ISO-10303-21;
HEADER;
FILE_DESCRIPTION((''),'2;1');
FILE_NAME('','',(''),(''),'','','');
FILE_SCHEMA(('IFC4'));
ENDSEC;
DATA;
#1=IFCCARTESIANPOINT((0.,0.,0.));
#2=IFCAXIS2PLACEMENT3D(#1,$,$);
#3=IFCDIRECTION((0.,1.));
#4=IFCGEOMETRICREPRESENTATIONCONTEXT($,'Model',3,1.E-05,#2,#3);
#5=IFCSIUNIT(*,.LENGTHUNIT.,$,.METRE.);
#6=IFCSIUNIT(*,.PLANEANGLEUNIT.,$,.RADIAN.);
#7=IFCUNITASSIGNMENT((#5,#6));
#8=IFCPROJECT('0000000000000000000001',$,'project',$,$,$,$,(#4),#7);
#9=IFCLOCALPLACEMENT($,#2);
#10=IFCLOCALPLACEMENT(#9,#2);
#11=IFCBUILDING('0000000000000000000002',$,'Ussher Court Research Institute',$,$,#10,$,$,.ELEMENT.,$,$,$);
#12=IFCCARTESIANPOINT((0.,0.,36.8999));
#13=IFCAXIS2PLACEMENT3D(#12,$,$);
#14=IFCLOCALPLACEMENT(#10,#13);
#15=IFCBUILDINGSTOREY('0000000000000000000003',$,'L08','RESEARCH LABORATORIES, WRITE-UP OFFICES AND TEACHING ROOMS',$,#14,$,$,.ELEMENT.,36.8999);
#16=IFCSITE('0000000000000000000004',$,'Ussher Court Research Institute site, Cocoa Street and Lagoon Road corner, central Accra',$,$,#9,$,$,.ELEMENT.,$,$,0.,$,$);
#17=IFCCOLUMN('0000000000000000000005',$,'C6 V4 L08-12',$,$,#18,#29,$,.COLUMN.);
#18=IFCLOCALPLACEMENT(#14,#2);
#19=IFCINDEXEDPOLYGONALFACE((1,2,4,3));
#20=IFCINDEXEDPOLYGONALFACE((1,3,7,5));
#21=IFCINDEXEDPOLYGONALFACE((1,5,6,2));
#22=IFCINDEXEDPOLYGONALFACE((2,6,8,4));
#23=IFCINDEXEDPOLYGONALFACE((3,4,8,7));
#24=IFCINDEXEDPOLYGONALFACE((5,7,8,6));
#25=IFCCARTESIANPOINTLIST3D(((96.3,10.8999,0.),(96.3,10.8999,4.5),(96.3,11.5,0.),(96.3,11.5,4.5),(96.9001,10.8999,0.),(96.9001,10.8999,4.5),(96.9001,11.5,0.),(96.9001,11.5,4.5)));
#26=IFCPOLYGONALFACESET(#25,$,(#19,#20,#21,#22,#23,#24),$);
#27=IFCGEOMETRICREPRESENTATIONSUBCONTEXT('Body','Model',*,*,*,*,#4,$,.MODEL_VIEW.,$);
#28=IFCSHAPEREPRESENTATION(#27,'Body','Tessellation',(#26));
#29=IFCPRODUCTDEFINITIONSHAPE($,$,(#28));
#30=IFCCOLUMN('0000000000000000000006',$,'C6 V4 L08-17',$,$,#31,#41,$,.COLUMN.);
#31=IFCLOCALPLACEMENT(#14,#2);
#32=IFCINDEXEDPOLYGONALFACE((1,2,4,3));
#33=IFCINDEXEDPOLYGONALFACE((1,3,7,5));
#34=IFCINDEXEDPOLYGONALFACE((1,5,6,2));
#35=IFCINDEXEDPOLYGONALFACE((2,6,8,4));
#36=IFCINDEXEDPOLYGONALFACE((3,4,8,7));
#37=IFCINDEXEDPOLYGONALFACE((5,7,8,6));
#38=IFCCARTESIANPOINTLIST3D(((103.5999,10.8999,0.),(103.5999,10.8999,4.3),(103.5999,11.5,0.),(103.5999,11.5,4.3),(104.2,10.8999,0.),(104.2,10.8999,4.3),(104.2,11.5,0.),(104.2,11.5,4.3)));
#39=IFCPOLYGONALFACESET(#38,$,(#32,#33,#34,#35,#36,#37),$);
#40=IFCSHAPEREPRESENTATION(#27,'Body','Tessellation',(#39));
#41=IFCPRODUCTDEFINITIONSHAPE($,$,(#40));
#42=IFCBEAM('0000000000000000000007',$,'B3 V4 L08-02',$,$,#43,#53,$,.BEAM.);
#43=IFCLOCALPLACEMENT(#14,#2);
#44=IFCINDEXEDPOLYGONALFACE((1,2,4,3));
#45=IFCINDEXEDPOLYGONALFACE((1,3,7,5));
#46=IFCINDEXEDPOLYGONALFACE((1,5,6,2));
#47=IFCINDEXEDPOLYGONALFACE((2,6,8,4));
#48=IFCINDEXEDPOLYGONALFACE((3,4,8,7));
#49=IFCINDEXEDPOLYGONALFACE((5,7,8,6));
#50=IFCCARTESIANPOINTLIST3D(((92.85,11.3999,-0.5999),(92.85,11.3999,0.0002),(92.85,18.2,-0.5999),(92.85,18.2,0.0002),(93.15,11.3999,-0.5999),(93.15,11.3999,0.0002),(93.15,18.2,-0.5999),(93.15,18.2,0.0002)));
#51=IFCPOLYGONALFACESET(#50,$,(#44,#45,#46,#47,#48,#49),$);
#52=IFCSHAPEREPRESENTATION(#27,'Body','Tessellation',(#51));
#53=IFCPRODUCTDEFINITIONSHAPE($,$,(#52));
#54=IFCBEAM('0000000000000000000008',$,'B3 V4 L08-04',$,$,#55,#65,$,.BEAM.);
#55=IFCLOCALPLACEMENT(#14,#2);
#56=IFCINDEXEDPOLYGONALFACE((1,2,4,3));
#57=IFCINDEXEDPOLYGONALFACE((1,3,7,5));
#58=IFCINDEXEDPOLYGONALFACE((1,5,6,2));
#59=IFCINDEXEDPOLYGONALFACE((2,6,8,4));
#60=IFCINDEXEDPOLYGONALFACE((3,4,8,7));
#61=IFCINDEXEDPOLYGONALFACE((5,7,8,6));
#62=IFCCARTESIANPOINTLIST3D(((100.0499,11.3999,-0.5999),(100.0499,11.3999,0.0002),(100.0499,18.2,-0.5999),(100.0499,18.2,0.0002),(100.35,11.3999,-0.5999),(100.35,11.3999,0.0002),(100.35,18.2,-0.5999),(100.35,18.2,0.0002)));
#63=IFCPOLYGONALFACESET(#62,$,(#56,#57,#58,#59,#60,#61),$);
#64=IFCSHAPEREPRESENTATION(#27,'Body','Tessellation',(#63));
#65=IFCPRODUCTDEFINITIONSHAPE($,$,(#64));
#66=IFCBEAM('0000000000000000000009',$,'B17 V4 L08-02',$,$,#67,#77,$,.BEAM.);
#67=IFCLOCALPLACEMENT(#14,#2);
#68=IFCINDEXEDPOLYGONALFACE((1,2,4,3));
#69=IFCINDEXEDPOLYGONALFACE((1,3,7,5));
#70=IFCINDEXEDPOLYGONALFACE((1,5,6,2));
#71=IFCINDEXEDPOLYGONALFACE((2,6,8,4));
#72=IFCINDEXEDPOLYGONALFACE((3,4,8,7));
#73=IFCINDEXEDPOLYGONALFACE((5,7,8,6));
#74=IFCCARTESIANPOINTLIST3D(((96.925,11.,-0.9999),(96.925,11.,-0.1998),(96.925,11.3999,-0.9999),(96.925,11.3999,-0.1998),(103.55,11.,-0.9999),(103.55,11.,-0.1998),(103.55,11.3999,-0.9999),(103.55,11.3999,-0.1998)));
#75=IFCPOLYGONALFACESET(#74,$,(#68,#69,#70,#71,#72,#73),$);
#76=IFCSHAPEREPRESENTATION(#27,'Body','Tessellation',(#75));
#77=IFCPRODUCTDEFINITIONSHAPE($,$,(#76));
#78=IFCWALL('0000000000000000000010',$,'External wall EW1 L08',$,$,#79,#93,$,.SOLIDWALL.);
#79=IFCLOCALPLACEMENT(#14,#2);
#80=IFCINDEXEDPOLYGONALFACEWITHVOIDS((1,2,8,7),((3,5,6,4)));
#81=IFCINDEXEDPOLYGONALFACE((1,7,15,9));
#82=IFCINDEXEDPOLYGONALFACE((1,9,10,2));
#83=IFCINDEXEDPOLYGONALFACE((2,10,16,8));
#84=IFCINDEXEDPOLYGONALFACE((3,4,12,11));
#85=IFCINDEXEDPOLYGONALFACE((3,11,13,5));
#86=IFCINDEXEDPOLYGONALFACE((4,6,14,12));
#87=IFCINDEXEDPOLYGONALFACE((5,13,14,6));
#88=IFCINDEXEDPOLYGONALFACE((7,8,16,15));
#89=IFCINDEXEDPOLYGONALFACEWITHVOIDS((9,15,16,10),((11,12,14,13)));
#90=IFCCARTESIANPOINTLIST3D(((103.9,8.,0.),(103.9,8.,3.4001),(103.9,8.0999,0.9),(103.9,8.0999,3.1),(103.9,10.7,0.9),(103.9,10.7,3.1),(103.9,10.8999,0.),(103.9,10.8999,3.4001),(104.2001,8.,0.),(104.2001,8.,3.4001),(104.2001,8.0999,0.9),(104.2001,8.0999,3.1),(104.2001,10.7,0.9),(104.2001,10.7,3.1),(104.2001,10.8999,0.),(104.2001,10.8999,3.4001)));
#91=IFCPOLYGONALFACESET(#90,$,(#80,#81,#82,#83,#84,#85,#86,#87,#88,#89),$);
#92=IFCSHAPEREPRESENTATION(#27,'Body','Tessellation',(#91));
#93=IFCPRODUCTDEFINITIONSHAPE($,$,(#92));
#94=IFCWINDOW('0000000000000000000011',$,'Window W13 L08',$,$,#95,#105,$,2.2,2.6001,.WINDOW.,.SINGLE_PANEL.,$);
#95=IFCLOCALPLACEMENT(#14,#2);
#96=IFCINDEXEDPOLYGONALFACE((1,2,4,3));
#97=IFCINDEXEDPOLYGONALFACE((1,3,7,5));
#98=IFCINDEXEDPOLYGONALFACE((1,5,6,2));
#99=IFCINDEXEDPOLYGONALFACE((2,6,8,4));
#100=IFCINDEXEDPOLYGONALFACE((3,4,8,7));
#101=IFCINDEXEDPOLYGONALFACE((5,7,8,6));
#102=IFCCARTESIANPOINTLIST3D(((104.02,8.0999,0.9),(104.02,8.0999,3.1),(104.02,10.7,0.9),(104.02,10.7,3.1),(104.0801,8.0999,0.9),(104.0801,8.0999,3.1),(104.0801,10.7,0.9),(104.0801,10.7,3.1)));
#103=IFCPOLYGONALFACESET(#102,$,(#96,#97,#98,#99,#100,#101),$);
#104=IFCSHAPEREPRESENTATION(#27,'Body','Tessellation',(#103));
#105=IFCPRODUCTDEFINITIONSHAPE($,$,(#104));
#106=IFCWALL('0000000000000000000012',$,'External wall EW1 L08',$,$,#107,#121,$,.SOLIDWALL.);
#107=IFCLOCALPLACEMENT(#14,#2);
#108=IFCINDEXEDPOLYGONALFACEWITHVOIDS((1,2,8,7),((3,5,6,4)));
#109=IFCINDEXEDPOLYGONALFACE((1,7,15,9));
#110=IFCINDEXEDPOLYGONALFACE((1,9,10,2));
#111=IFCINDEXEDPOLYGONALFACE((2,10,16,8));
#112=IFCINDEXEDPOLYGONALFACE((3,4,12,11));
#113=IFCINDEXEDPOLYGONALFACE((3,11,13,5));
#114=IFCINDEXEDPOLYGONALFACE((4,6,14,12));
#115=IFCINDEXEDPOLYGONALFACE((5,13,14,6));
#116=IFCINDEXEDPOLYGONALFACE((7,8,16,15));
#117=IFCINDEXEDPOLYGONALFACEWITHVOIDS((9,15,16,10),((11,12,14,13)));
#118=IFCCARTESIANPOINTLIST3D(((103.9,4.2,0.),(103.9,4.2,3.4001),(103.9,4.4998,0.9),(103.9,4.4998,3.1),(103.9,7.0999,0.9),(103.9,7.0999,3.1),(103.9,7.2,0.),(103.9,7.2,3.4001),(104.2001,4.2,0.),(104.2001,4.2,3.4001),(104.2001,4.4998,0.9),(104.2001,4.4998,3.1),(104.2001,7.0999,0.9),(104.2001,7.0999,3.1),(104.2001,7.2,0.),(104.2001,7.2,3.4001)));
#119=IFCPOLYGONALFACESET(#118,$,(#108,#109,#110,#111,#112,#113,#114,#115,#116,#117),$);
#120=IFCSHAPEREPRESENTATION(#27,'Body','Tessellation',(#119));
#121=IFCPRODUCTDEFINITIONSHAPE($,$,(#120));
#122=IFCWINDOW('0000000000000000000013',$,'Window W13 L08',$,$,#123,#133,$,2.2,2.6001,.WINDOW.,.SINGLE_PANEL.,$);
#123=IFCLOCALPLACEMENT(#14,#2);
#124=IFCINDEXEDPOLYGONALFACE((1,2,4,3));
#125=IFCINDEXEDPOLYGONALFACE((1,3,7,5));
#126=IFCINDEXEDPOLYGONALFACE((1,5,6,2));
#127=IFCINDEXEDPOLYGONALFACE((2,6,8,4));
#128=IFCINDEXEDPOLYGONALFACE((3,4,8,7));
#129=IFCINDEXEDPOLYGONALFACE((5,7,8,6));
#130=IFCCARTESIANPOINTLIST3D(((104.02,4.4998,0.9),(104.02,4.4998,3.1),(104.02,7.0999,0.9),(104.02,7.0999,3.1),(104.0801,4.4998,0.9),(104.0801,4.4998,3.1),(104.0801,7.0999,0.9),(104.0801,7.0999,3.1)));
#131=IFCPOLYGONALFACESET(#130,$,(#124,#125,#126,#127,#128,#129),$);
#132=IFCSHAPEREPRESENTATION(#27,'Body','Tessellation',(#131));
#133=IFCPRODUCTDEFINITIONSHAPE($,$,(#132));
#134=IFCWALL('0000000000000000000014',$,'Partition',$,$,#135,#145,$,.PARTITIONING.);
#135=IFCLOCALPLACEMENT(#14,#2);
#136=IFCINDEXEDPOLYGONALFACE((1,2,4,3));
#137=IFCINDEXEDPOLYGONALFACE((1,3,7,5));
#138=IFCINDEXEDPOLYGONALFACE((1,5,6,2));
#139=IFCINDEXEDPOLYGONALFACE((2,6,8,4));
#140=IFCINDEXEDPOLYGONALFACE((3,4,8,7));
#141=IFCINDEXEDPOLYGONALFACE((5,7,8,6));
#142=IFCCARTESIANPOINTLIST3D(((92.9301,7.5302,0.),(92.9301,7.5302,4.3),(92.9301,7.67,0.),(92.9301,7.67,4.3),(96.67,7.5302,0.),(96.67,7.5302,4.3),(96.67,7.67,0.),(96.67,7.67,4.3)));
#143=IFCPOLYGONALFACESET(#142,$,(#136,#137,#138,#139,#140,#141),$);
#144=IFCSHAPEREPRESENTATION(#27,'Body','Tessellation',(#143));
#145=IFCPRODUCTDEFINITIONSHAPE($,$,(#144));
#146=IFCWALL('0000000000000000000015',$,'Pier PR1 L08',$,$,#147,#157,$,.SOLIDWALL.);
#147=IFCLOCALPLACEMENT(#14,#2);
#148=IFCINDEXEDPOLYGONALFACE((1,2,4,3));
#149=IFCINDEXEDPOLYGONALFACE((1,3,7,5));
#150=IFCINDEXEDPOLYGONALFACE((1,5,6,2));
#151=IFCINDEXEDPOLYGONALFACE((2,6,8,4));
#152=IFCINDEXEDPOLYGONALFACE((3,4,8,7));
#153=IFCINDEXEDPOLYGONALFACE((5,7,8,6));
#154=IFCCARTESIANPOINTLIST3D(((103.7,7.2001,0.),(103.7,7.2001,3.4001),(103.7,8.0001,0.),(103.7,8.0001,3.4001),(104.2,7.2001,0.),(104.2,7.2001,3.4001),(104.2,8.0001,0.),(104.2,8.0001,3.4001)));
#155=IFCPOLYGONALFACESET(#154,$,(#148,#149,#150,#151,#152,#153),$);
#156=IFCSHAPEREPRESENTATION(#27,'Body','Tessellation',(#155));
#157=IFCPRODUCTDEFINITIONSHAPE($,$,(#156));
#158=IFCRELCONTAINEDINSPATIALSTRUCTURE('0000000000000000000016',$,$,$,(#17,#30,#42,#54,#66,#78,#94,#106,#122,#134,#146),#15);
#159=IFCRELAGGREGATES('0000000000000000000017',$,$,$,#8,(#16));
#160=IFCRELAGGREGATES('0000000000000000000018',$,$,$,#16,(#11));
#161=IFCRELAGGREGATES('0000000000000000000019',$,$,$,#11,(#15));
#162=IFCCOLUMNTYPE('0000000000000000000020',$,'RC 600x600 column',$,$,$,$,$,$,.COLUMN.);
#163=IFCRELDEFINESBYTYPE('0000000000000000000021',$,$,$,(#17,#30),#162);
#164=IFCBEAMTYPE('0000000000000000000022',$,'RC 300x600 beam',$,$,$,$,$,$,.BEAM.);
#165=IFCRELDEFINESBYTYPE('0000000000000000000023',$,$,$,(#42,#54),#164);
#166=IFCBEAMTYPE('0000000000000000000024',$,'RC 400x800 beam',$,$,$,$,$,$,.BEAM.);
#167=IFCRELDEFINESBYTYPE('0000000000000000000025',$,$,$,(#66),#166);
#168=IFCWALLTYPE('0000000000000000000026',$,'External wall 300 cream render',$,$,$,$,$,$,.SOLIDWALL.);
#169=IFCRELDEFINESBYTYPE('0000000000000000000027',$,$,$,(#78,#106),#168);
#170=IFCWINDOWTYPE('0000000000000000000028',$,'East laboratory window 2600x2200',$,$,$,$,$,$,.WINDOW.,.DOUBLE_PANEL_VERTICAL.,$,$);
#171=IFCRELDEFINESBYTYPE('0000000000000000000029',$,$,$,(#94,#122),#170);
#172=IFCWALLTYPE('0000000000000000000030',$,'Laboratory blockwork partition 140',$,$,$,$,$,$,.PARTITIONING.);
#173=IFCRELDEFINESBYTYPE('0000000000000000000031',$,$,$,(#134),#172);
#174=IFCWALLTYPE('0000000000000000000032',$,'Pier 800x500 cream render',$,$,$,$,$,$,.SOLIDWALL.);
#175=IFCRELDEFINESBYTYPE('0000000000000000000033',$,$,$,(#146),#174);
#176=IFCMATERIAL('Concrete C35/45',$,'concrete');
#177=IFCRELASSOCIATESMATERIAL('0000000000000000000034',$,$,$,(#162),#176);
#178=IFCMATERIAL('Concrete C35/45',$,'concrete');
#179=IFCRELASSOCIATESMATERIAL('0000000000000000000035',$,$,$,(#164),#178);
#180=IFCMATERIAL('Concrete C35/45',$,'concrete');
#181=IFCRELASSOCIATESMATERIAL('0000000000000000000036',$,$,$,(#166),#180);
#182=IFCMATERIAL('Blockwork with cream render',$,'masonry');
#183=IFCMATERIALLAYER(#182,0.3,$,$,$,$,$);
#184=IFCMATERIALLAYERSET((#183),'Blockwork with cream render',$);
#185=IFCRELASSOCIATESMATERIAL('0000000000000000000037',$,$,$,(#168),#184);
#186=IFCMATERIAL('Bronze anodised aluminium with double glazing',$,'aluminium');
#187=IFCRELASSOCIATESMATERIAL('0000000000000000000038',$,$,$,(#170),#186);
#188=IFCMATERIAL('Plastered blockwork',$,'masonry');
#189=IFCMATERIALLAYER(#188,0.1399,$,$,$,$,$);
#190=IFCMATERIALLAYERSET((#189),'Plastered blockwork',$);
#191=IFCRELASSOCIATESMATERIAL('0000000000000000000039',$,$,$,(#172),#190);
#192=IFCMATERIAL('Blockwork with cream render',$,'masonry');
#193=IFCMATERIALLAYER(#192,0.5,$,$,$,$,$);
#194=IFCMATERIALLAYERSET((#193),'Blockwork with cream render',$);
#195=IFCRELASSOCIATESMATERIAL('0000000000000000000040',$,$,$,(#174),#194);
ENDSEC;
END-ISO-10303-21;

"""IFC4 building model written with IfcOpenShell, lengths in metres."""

from ifc_helpers import new_model, si_unit, direction, frame, frame_2d, origin, origin_2d, place, context, subcontext, project, spatial, rectangle, extrude, material, layer, layer_set, material_profile, profile_set, type_object, element, fill, save


model = new_model("IFC4")

# Units and contexts
model_context = context("Model", 3, precision=1e-05, world=origin(), true_north=direction((0.0, 1.0)))
body_context = subcontext(model_context, "Body", "Model", "MODEL_VIEW")
ifc_project = project(units=[si_unit("LENGTHUNIT", "METRE"), si_unit("PLANEANGLEUNIT", "RADIAN")], contexts=[model_context])

# Site, building, storey
site_placement = place(None, origin())
site = spatial("IfcSite", under=ifc_project, at=site_placement, Name="Ussher Court Research Institute site, Cocoa Street and Lagoon Road corner, central Accra", CompositionType="ELEMENT", RefElevation=0.0)
building_placement = place(site_placement, origin())
building = spatial("IfcBuilding", under=site, at=building_placement, Name="Ussher Court Research Institute", CompositionType="ELEMENT")
storey_placement = place(building_placement, frame((0.0, 0.0, 36.8999)))
storey = spatial("IfcBuildingStorey", under=building, at=storey_placement, Name="L08", Description="RESEARCH LABORATORIES, WRITE-UP OFFICES AND TEACHING ROOMS", CompositionType="ELEMENT", Elevation=36.8999)

# Columns
ifc_material_1 = material(Name="Concrete C35/45", Category="concrete")
ifc_material_profile_1 = material_profile(ifc_material_1, rectangle(XDim=0.6001, YDim=0.6001, at=origin_2d()), Name="RC 600x600")
ifc_profile_set_1 = profile_set([ifc_material_profile_1], Name="Concrete C35/45")
column_type = type_object("IfcColumnType", Name="RC 600x600 column", PredefinedType="COLUMN", material=ifc_profile_set_1)
column_1_placement = place(storey_placement, frame((96.6001, 11.2, 0.0), z_axis=(0.0, 0.0, 1.0), x_axis=(1.0, 0.0, 0.0)))
element("IfcColumn", 1, at=column_1_placement, inside=storey, type_object=column_type, Name="C6 V4 L08-12", PredefinedType="COLUMN", context=body_context, shape_type="SweptSolid", body=[
    extrude(rectangle(XDim=0.6001, YDim=0.6001, at=origin_2d()), origin(), (0.0, 0.0, 1.0), 4.5),
])
column_2_placement = place(storey_placement, frame((103.8999, 11.2, 0.0), z_axis=(0.0, 0.0, 1.0), x_axis=(1.0, 0.0, 0.0)))
element("IfcColumn", 2, at=column_2_placement, inside=storey, type_object=column_type, Name="C6 V4 L08-17", PredefinedType="COLUMN", context=body_context, shape_type="SweptSolid", body=[
    extrude(rectangle(XDim=0.6001, YDim=0.6001, at=origin_2d()), origin(), (0.0, 0.0, 1.0), 4.3),
])

# Beams
ifc_material_2 = material(Name="Concrete C35/45", Category="concrete")
ifc_material_profile_2 = material_profile(ifc_material_2, rectangle(XDim=0.3, YDim=0.6001, at=origin_2d()), Name="RC 300x600")
ifc_profile_set_2 = profile_set([ifc_material_profile_2], Name="Concrete C35/45")
beam_type_1 = type_object("IfcBeamType", Name="RC 300x600 beam", PredefinedType="BEAM", material=ifc_profile_set_2)
for number, where, z_axis, x_axis, name in (
    (3, (93.0, 11.3999, -0.2998), (0.0, 1.0, 0.0), (-1.0, 0.0, 0.0), "B3 V4 L08-02"),
    (4, (100.2, 11.3999, -0.2998), (0.0, 1.0, 0.0), (-1.0, 0.0, 0.0), "B3 V4 L08-04"),
):
    element("IfcBeam", number, at=place(storey_placement, frame(where, z_axis=z_axis, x_axis=x_axis)), inside=storey, type_object=beam_type_1, Name=name, PredefinedType="BEAM", context=body_context, shape_type="SweptSolid", body=[
        extrude(rectangle(XDim=0.3, YDim=0.6001, at=origin_2d()), origin(), (0.0, 0.0, 1.0), 6.8),
    ])
ifc_material_3 = material(Name="Concrete C35/45", Category="concrete")
ifc_material_profile_3 = material_profile(ifc_material_3, rectangle(XDim=0.3999, YDim=0.8, at=origin_2d()), Name="RC 400x800")
ifc_profile_set_3 = profile_set([ifc_material_profile_3], Name="Concrete C35/45")
beam_type_2 = type_object("IfcBeamType", Name="RC 400x800 beam", PredefinedType="BEAM", material=ifc_profile_set_3)
beam_placement = place(storey_placement, frame((96.925, 11.2, -0.5999), z_axis=(1.0, 0.0, 0.0), x_axis=(0.0, 1.0, 0.0)))
element("IfcBeam", 5, at=beam_placement, inside=storey, type_object=beam_type_2, Name="B17 V4 L08-02", PredefinedType="BEAM", context=body_context, shape_type="SweptSolid", body=[
    extrude(rectangle(XDim=0.3999, YDim=0.8, at=origin_2d()), origin(), (0.0, 0.0, 1.0), 6.625),
])

# Walls, openings, windows
ifc_material_4 = material(Name="Blockwork with cream render", Category="masonry")
ifc_layer_1 = layer(ifc_material_4, 0.3)
ifc_layer_set_1 = layer_set([ifc_layer_1], Name="Blockwork with cream render")
wall_type_1 = type_object("IfcWallType", Name="External wall 300 cream render", PredefinedType="SOLIDWALL", material=ifc_layer_set_1)
wall_1_placement = place(storey_placement, frame((104.05, 10.8999, 0.0), z_axis=(0.0, 0.0, 1.0), x_axis=(0.0, -1.0, 0.0)))
wall_1 = element("IfcWall", 6, at=wall_1_placement, inside=storey, type_object=wall_type_1, Name="External wall EW1 L08", PredefinedType="SOLIDWALL", context=body_context, shape_type="SweptSolid", body=[
    extrude(rectangle(XDim=2.8999, YDim=0.3, at=frame_2d((1.45, 0.0))), origin(), (0.0, 0.0, 1.0), 3.4001),
])
opening_1_placement = place(wall_1_placement, frame((0.2, 0.0, 0.8999)))
opening_1 = element("IfcOpeningElement", 7, at=opening_1_placement, cuts=wall_1, PredefinedType="OPENING", context=body_context, shape_type="SweptSolid", body=[
    extrude(rectangle(XDim=2.6001, YDim=2.2, at=frame_2d((1.3, 1.1001))), frame((0.0, 0.1602, 0.0), z_axis=(0.0, -1.0, 0.0), x_axis=(1.0, 0.0, 0.0)), (0.0, 0.0, 1.0), 0.3201),
])
ifc_material_5 = material(Name="Bronze anodised aluminium with double glazing", Category="aluminium")
window_type = type_object("IfcWindowType", Name="East laboratory window 2600x2200", PartitioningType="DOUBLE_PANEL_VERTICAL", PredefinedType="WINDOW", material=ifc_material_5)
window_1_placement = place(opening_1_placement, origin())
window_1 = element("IfcWindow", 8, at=window_1_placement, inside=storey, type_object=window_type, Name="Window W13 L08", OverallHeight=2.2, OverallWidth=2.6001, PartitioningType="SINGLE_PANEL", PredefinedType="WINDOW", context=body_context, shape_type="SweptSolid", body=[
    extrude(rectangle(XDim=2.6001, YDim=2.2, at=frame_2d((1.3, 1.1001))), frame((0.0, 0.03, 0.0), z_axis=(0.0, -1.0, 0.0), x_axis=(1.0, 0.0, 0.0)), (0.0, 0.0, 1.0), 0.0601),
])
fill(opening_1, window_1)
wall_2_placement = place(storey_placement, frame((104.05, 7.2, 0.0), z_axis=(0.0, 0.0, 1.0), x_axis=(0.0, -1.0, 0.0)))
wall_2 = element("IfcWall", 9, at=wall_2_placement, inside=storey, type_object=wall_type_1, Name="External wall EW1 L08", PredefinedType="SOLIDWALL", context=body_context, shape_type="SweptSolid", body=[
    extrude(rectangle(XDim=3.0, YDim=0.3, at=frame_2d((1.5, 0.0))), origin(), (0.0, 0.0, 1.0), 3.4001),
])
opening_2_placement = place(wall_2_placement, frame((0.1001, 0.0, 0.8999)))
opening_2 = element("IfcOpeningElement", 10, at=opening_2_placement, cuts=wall_2, PredefinedType="OPENING", context=body_context, shape_type="SweptSolid", body=[
    extrude(rectangle(XDim=2.6001, YDim=2.2, at=frame_2d((1.3, 1.1001))), frame((0.0, 0.1602, 0.0), z_axis=(0.0, -1.0, 0.0), x_axis=(1.0, 0.0, 0.0)), (0.0, 0.0, 1.0), 0.3201),
])
window_2_placement = place(opening_2_placement, origin())
window_2 = element("IfcWindow", 11, at=window_2_placement, inside=storey, type_object=window_type, Name="Window W13 L08", OverallHeight=2.2, OverallWidth=2.6001, PartitioningType="SINGLE_PANEL", PredefinedType="WINDOW", context=body_context, shape_type="SweptSolid", body=[
    extrude(rectangle(XDim=2.6001, YDim=2.2, at=frame_2d((1.3, 1.1001))), frame((0.0, 0.03, 0.0), z_axis=(0.0, -1.0, 0.0), x_axis=(1.0, 0.0, 0.0)), (0.0, 0.0, 1.0), 0.0601),
])
fill(opening_2, window_2)

# Walls
ifc_material_6 = material(Name="Plastered blockwork", Category="masonry")
ifc_layer_2 = layer(ifc_material_6, 0.1399)
ifc_layer_set_2 = layer_set([ifc_layer_2], Name="Plastered blockwork")
wall_type_2 = type_object("IfcWallType", Name="Laboratory blockwork partition 140", PredefinedType="PARTITIONING", material=ifc_layer_set_2)
wall_3_placement = place(storey_placement, frame((92.9299, 7.6001, 0.0), z_axis=(0.0, 0.0, 1.0), x_axis=(1.0, 0.0, 0.0)))
element("IfcWall", 12, at=wall_3_placement, inside=storey, type_object=wall_type_2, Name="Partition", PredefinedType="PARTITIONING", context=body_context, shape_type="SweptSolid", body=[
    extrude(rectangle(XDim=3.74, YDim=0.1399, at=frame_2d((1.8701, 0.0))), origin(), (0.0, 0.0, 1.0), 4.3),
])
ifc_material_7 = material(Name="Blockwork with cream render", Category="masonry")
ifc_layer_3 = layer(ifc_material_7, 0.5)
ifc_layer_set_3 = layer_set([ifc_layer_3], Name="Blockwork with cream render")
wall_type_3 = type_object("IfcWallType", Name="Pier 800x500 cream render", PredefinedType="SOLIDWALL", material=ifc_layer_set_3)
wall_4_placement = place(storey_placement, frame((103.95, 8.0, 0.0), z_axis=(0.0, 0.0, 1.0), x_axis=(0.0, -1.0, 0.0)))
element("IfcWall", 13, at=wall_4_placement, inside=storey, type_object=wall_type_3, Name="Pier PR1 L08", PredefinedType="SOLIDWALL", context=body_context, shape_type="SweptSolid", body=[
    extrude(rectangle(XDim=0.8, YDim=0.5, at=frame_2d((0.3999, 0.0))), origin(), (0.0, 0.0, 1.0), 3.4001),
])

save(model, "model.ifc")
